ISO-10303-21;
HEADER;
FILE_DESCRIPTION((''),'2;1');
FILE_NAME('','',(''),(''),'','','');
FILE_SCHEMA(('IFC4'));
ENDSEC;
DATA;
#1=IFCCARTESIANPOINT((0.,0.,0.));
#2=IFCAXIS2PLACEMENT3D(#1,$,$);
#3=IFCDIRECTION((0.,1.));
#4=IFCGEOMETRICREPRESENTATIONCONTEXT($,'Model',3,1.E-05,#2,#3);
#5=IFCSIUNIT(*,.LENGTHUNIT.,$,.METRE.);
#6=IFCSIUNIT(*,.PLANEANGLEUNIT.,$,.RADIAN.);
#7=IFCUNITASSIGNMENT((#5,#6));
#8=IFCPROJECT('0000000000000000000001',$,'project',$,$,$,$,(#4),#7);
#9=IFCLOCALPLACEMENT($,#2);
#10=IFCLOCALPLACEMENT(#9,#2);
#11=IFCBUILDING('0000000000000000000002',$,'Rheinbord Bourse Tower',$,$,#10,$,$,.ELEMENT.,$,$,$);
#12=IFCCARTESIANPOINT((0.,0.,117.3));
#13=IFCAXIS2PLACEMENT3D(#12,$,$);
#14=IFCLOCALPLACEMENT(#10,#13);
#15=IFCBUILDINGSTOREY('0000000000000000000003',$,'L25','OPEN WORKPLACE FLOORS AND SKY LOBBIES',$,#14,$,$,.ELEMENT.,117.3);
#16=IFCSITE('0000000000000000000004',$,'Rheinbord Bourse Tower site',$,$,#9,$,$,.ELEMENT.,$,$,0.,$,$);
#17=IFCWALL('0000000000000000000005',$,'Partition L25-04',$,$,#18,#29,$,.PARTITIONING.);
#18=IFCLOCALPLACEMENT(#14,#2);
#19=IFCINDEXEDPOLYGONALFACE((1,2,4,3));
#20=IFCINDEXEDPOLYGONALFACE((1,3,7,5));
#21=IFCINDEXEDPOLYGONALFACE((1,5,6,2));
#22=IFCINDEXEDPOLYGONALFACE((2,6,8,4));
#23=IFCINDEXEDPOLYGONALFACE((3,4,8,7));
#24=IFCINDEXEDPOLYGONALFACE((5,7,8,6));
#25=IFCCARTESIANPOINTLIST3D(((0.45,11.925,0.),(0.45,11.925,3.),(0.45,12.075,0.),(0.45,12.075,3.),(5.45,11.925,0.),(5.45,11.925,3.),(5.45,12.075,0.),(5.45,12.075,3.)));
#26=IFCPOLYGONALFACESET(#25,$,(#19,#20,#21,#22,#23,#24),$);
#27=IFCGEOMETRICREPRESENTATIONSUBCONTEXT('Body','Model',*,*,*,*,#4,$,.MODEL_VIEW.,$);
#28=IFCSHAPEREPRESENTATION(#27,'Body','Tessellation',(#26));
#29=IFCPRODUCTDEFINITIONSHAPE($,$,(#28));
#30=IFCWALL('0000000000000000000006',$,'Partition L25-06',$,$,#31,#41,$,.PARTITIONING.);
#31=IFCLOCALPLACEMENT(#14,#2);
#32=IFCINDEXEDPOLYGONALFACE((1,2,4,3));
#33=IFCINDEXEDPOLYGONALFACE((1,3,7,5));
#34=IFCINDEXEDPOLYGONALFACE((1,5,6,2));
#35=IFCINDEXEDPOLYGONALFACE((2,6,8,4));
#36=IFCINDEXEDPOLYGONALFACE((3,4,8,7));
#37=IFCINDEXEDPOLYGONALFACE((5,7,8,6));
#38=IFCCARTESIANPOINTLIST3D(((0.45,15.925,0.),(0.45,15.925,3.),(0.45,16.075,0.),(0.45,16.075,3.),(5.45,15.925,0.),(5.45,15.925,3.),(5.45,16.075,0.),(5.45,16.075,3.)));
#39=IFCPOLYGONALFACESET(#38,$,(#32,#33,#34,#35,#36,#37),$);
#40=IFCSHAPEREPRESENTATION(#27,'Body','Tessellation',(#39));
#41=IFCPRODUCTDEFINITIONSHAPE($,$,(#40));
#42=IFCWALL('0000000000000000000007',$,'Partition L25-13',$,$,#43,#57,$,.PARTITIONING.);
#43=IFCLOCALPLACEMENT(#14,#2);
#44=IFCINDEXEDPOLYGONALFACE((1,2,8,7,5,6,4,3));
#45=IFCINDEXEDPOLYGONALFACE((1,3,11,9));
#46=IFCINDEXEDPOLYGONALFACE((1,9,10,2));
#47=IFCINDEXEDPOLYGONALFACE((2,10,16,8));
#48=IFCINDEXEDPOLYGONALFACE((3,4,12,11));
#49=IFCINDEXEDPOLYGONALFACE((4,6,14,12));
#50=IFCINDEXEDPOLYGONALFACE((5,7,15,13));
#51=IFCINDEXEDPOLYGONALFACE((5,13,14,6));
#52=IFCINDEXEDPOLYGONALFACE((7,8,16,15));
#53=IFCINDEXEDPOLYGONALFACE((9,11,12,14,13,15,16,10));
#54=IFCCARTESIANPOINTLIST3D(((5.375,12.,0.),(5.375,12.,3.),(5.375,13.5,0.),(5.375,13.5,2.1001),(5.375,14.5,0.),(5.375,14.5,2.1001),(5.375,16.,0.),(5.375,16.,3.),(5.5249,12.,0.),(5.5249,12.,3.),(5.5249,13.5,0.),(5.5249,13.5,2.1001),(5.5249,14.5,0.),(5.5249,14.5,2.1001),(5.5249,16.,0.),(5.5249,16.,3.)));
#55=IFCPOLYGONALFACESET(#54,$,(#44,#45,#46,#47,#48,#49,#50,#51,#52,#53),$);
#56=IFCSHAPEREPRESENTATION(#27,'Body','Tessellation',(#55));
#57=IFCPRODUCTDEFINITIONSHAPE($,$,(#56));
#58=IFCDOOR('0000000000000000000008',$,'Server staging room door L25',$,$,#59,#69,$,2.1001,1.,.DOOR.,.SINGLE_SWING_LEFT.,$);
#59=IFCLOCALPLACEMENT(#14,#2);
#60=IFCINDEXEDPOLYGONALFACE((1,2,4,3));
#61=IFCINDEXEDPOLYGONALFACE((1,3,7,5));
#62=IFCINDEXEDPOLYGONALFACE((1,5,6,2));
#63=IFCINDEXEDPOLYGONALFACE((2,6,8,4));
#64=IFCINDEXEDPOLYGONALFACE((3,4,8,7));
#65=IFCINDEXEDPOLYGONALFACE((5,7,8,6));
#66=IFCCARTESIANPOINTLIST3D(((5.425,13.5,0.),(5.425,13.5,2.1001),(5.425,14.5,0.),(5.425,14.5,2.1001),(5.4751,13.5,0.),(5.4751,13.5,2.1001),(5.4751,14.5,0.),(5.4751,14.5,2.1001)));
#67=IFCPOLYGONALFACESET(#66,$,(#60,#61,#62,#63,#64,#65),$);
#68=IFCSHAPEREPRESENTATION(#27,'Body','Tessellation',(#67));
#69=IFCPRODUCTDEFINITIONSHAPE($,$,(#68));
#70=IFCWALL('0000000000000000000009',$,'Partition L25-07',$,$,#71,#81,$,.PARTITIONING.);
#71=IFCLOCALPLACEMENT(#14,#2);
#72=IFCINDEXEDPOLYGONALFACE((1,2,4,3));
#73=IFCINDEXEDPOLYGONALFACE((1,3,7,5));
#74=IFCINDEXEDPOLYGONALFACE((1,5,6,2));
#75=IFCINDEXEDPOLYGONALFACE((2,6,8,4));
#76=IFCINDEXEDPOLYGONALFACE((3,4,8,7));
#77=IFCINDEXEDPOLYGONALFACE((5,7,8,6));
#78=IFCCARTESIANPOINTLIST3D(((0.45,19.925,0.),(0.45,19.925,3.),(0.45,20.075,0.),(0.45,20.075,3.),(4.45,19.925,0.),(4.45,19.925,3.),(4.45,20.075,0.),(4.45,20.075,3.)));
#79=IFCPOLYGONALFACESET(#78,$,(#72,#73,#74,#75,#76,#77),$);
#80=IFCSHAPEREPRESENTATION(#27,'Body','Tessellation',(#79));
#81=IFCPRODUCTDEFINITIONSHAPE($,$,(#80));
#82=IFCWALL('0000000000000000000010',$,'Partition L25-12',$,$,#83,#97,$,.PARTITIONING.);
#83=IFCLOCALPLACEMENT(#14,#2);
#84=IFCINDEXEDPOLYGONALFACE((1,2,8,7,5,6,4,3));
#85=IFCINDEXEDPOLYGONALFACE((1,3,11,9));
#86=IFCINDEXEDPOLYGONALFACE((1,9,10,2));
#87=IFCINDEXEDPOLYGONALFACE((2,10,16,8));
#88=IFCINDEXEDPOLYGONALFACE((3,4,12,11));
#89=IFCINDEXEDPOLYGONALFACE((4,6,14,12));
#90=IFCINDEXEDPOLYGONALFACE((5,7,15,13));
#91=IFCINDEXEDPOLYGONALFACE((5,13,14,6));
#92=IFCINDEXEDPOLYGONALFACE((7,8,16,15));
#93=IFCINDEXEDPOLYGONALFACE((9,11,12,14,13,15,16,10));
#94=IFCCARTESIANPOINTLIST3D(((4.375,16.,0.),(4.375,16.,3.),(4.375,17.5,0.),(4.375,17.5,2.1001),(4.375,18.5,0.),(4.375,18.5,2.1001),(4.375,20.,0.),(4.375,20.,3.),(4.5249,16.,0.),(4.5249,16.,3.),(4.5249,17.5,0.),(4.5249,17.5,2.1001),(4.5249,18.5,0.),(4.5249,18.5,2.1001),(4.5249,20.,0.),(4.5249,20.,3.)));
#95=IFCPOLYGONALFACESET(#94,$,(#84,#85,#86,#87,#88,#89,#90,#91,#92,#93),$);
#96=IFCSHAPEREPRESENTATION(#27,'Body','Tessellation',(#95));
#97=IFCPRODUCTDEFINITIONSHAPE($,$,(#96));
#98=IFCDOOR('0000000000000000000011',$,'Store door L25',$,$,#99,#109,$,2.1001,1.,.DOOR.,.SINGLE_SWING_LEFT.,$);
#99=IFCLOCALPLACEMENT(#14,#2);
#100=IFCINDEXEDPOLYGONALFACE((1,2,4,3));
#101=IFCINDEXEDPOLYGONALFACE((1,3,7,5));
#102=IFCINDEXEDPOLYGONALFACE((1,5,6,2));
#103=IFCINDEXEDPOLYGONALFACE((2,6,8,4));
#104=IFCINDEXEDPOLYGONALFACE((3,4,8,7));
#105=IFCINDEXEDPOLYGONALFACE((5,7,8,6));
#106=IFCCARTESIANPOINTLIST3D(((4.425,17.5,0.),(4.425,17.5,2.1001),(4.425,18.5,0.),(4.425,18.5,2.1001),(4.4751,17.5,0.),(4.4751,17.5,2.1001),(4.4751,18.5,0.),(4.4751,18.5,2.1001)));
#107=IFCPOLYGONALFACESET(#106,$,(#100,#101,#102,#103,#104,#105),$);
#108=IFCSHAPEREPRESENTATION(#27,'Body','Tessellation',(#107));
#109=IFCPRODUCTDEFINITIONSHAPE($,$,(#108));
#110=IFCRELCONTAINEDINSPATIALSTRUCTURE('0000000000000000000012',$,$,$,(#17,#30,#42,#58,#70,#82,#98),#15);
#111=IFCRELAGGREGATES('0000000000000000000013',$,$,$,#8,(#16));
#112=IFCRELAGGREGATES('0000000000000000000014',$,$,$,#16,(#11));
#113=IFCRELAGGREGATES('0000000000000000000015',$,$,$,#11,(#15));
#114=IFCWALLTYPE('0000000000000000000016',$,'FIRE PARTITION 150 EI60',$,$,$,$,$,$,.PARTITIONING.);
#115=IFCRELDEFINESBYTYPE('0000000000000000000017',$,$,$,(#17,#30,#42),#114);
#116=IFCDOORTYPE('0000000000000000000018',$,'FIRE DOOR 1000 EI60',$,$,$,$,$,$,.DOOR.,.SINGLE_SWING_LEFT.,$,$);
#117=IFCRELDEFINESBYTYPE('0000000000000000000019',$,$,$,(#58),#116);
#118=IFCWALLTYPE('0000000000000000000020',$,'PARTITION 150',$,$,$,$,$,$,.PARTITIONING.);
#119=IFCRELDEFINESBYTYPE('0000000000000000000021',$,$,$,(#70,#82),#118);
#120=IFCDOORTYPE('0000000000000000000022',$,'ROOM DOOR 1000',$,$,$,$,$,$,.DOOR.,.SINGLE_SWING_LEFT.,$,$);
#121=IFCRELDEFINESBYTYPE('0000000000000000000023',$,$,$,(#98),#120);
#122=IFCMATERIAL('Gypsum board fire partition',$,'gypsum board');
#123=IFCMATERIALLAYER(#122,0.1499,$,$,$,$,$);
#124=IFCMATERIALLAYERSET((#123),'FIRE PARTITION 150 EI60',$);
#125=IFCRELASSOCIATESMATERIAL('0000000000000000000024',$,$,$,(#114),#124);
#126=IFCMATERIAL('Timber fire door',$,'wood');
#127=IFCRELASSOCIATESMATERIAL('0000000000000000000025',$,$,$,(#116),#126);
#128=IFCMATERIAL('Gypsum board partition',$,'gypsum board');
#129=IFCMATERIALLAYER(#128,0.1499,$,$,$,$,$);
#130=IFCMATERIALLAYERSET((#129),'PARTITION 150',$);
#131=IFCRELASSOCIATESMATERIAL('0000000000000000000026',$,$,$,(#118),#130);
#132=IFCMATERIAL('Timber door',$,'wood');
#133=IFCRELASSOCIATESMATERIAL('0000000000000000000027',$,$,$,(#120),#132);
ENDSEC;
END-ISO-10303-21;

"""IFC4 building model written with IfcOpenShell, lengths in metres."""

from ifc_helpers import new_model, si_unit, direction, frame, frame_2d, origin, place, context, subcontext, project, spatial, rectangle, extrude, material, layer, layer_set, type_object, element, fill, save


model = new_model("IFC4")

# Units and contexts
model_context = context("Model", 3, precision=1e-05, world=origin(), true_north=direction((0.0, 1.0)))
body_context = subcontext(model_context, "Body", "Model", "MODEL_VIEW")
ifc_project = project(units=[si_unit("LENGTHUNIT", "METRE"), si_unit("PLANEANGLEUNIT", "RADIAN")], contexts=[model_context])

# Site, building, storey
site_placement = place(None, origin())
site = spatial("IfcSite", under=ifc_project, at=site_placement, Name="Rheinbord Bourse Tower site", CompositionType="ELEMENT", RefElevation=0.0)
building_placement = place(site_placement, origin())
building = spatial("IfcBuilding", under=site, at=building_placement, Name="Rheinbord Bourse Tower", CompositionType="ELEMENT")
storey_placement = place(building_placement, frame((0.0, 0.0, 117.3)))
storey = spatial("IfcBuildingStorey", under=building, at=storey_placement, Name="L25", Description="OPEN WORKPLACE FLOORS AND SKY LOBBIES", CompositionType="ELEMENT", Elevation=117.3)

# Walls
ifc_material_1 = material(Name="Gypsum board fire partition", Category="gypsum board")
ifc_layer_1 = layer(ifc_material_1, 0.1499)
ifc_layer_set_1 = layer_set([ifc_layer_1], Name="FIRE PARTITION 150 EI60")
wall_type_1 = type_object("IfcWallType", Name="FIRE PARTITION 150 EI60", PredefinedType="PARTITIONING", material=ifc_layer_set_1)
for number, where, z_axis, x_axis, name in (
    (1, (0.45, 12.0, 0.0), (0.0, 0.0, 1.0), (1.0, 0.0, 0.0), "Partition L25-04"),
    (2, (0.45, 16.0, 0.0), (0.0, 0.0, 1.0), (1.0, 0.0, 0.0), "Partition L25-06"),
):
    element("IfcWall", number, at=place(storey_placement, frame(where, z_axis=z_axis, x_axis=x_axis)), inside=storey, type_object=wall_type_1, Name=name, PredefinedType="PARTITIONING", context=body_context, shape_type="SweptSolid", body=[
        extrude(rectangle(XDim=5.0, YDim=0.1499, at=frame_2d((2.5, 0.0))), origin(), (0.0, 0.0, 1.0), 3.0),
    ])

# Wall, opening, door
wall_1_placement = place(storey_placement, frame((5.45, 12.0, 0.0), z_axis=(0.0, 0.0, 1.0), x_axis=(0.0, 1.0, 0.0)))
wall_1 = element("IfcWall", 3, at=wall_1_placement, inside=storey, type_object=wall_type_1, Name="Partition L25-13", PredefinedType="PARTITIONING", context=body_context, shape_type="SweptSolid", body=[
    extrude(rectangle(XDim=4.0, YDim=0.1499, at=frame_2d((2.0, 0.0))), origin(), (0.0, 0.0, 1.0), 3.0),
])
opening_1_placement = place(wall_1_placement, frame((1.5, 0.0, 0.0)))
opening_1 = element("IfcOpeningElement", 4, at=opening_1_placement, cuts=wall_1, PredefinedType="OPENING", context=body_context, shape_type="SweptSolid", body=[
    extrude(rectangle(XDim=1.0, YDim=2.1001, at=frame_2d((0.5, 1.05))), frame((0.0, 0.085, 0.0), z_axis=(0.0, -1.0, 0.0), x_axis=(1.0, 0.0, 0.0)), (0.0, 0.0, 1.0), 0.1699),
])
ifc_material_2 = material(Name="Timber fire door", Category="wood")
door_type_1 = type_object("IfcDoorType", Name="FIRE DOOR 1000 EI60", OperationType="SINGLE_SWING_LEFT", PredefinedType="DOOR", material=ifc_material_2)
door_1_placement = place(opening_1_placement, origin())
door_1 = element("IfcDoor", 5, at=door_1_placement, inside=storey, type_object=door_type_1, Name="Server staging room door L25", OperationType="SINGLE_SWING_LEFT", OverallHeight=2.1001, OverallWidth=1.0, PredefinedType="DOOR", context=body_context, shape_type="SweptSolid", body=[
    extrude(rectangle(XDim=1.0, YDim=2.1001, at=frame_2d((0.5, 1.05))), frame((0.0, 0.0249, 0.0), z_axis=(0.0, -1.0, 0.0), x_axis=(1.0, 0.0, 0.0)), (0.0, 0.0, 1.0), 0.05),
])
fill(opening_1, door_1)

# Wall
ifc_material_3 = material(Name="Gypsum board partition", Category="gypsum board")
ifc_layer_2 = layer(ifc_material_3, 0.1499)
ifc_layer_set_2 = layer_set([ifc_layer_2], Name="PARTITION 150")
wall_type_2 = type_object("IfcWallType", Name="PARTITION 150", PredefinedType="PARTITIONING", material=ifc_layer_set_2)
wall_2_placement = place(storey_placement, frame((0.45, 20.0, 0.0), z_axis=(0.0, 0.0, 1.0), x_axis=(1.0, 0.0, 0.0)))
element("IfcWall", 6, at=wall_2_placement, inside=storey, type_object=wall_type_2, Name="Partition L25-07", PredefinedType="PARTITIONING", context=body_context, shape_type="SweptSolid", body=[
    extrude(rectangle(XDim=4.0, YDim=0.1499, at=frame_2d((2.0, 0.0))), origin(), (0.0, 0.0, 1.0), 3.0),
])

# Wall, opening, door
wall_3_placement = place(storey_placement, frame((4.45, 16.0, 0.0), z_axis=(0.0, 0.0, 1.0), x_axis=(0.0, 1.0, 0.0)))
wall_3 = element("IfcWall", 7, at=wall_3_placement, inside=storey, type_object=wall_type_2, Name="Partition L25-12", PredefinedType="PARTITIONING", context=body_context, shape_type="SweptSolid", body=[
    extrude(rectangle(XDim=4.0, YDim=0.1499, at=frame_2d((2.0, 0.0))), origin(), (0.0, 0.0, 1.0), 3.0),
])
opening_2_placement = place(wall_3_placement, frame((1.5, 0.0, 0.0)))
opening_2 = element("IfcOpeningElement", 8, at=opening_2_placement, cuts=wall_3, PredefinedType="OPENING", context=body_context, shape_type="SweptSolid", body=[
    extrude(rectangle(XDim=1.0, YDim=2.1001, at=frame_2d((0.5, 1.05))), frame((0.0, 0.085, 0.0), z_axis=(0.0, -1.0, 0.0), x_axis=(1.0, 0.0, 0.0)), (0.0, 0.0, 1.0), 0.1699),
])
ifc_material_4 = material(Name="Timber door", Category="wood")
door_type_2 = type_object("IfcDoorType", Name="ROOM DOOR 1000", OperationType="SINGLE_SWING_LEFT", PredefinedType="DOOR", material=ifc_material_4)
door_2_placement = place(opening_2_placement, origin())
door_2 = element("IfcDoor", 9, at=door_2_placement, inside=storey, type_object=door_type_2, Name="Store door L25", OperationType="SINGLE_SWING_LEFT", OverallHeight=2.1001, OverallWidth=1.0, PredefinedType="DOOR", context=body_context, shape_type="SweptSolid", body=[
    extrude(rectangle(XDim=1.0, YDim=2.1001, at=frame_2d((0.5, 1.05))), frame((0.0, 0.0249, 0.0), z_axis=(0.0, -1.0, 0.0), x_axis=(1.0, 0.0, 0.0)), (0.0, 0.0, 1.0), 0.05),
])
fill(opening_2, door_2)

save(model, "model.ifc")
